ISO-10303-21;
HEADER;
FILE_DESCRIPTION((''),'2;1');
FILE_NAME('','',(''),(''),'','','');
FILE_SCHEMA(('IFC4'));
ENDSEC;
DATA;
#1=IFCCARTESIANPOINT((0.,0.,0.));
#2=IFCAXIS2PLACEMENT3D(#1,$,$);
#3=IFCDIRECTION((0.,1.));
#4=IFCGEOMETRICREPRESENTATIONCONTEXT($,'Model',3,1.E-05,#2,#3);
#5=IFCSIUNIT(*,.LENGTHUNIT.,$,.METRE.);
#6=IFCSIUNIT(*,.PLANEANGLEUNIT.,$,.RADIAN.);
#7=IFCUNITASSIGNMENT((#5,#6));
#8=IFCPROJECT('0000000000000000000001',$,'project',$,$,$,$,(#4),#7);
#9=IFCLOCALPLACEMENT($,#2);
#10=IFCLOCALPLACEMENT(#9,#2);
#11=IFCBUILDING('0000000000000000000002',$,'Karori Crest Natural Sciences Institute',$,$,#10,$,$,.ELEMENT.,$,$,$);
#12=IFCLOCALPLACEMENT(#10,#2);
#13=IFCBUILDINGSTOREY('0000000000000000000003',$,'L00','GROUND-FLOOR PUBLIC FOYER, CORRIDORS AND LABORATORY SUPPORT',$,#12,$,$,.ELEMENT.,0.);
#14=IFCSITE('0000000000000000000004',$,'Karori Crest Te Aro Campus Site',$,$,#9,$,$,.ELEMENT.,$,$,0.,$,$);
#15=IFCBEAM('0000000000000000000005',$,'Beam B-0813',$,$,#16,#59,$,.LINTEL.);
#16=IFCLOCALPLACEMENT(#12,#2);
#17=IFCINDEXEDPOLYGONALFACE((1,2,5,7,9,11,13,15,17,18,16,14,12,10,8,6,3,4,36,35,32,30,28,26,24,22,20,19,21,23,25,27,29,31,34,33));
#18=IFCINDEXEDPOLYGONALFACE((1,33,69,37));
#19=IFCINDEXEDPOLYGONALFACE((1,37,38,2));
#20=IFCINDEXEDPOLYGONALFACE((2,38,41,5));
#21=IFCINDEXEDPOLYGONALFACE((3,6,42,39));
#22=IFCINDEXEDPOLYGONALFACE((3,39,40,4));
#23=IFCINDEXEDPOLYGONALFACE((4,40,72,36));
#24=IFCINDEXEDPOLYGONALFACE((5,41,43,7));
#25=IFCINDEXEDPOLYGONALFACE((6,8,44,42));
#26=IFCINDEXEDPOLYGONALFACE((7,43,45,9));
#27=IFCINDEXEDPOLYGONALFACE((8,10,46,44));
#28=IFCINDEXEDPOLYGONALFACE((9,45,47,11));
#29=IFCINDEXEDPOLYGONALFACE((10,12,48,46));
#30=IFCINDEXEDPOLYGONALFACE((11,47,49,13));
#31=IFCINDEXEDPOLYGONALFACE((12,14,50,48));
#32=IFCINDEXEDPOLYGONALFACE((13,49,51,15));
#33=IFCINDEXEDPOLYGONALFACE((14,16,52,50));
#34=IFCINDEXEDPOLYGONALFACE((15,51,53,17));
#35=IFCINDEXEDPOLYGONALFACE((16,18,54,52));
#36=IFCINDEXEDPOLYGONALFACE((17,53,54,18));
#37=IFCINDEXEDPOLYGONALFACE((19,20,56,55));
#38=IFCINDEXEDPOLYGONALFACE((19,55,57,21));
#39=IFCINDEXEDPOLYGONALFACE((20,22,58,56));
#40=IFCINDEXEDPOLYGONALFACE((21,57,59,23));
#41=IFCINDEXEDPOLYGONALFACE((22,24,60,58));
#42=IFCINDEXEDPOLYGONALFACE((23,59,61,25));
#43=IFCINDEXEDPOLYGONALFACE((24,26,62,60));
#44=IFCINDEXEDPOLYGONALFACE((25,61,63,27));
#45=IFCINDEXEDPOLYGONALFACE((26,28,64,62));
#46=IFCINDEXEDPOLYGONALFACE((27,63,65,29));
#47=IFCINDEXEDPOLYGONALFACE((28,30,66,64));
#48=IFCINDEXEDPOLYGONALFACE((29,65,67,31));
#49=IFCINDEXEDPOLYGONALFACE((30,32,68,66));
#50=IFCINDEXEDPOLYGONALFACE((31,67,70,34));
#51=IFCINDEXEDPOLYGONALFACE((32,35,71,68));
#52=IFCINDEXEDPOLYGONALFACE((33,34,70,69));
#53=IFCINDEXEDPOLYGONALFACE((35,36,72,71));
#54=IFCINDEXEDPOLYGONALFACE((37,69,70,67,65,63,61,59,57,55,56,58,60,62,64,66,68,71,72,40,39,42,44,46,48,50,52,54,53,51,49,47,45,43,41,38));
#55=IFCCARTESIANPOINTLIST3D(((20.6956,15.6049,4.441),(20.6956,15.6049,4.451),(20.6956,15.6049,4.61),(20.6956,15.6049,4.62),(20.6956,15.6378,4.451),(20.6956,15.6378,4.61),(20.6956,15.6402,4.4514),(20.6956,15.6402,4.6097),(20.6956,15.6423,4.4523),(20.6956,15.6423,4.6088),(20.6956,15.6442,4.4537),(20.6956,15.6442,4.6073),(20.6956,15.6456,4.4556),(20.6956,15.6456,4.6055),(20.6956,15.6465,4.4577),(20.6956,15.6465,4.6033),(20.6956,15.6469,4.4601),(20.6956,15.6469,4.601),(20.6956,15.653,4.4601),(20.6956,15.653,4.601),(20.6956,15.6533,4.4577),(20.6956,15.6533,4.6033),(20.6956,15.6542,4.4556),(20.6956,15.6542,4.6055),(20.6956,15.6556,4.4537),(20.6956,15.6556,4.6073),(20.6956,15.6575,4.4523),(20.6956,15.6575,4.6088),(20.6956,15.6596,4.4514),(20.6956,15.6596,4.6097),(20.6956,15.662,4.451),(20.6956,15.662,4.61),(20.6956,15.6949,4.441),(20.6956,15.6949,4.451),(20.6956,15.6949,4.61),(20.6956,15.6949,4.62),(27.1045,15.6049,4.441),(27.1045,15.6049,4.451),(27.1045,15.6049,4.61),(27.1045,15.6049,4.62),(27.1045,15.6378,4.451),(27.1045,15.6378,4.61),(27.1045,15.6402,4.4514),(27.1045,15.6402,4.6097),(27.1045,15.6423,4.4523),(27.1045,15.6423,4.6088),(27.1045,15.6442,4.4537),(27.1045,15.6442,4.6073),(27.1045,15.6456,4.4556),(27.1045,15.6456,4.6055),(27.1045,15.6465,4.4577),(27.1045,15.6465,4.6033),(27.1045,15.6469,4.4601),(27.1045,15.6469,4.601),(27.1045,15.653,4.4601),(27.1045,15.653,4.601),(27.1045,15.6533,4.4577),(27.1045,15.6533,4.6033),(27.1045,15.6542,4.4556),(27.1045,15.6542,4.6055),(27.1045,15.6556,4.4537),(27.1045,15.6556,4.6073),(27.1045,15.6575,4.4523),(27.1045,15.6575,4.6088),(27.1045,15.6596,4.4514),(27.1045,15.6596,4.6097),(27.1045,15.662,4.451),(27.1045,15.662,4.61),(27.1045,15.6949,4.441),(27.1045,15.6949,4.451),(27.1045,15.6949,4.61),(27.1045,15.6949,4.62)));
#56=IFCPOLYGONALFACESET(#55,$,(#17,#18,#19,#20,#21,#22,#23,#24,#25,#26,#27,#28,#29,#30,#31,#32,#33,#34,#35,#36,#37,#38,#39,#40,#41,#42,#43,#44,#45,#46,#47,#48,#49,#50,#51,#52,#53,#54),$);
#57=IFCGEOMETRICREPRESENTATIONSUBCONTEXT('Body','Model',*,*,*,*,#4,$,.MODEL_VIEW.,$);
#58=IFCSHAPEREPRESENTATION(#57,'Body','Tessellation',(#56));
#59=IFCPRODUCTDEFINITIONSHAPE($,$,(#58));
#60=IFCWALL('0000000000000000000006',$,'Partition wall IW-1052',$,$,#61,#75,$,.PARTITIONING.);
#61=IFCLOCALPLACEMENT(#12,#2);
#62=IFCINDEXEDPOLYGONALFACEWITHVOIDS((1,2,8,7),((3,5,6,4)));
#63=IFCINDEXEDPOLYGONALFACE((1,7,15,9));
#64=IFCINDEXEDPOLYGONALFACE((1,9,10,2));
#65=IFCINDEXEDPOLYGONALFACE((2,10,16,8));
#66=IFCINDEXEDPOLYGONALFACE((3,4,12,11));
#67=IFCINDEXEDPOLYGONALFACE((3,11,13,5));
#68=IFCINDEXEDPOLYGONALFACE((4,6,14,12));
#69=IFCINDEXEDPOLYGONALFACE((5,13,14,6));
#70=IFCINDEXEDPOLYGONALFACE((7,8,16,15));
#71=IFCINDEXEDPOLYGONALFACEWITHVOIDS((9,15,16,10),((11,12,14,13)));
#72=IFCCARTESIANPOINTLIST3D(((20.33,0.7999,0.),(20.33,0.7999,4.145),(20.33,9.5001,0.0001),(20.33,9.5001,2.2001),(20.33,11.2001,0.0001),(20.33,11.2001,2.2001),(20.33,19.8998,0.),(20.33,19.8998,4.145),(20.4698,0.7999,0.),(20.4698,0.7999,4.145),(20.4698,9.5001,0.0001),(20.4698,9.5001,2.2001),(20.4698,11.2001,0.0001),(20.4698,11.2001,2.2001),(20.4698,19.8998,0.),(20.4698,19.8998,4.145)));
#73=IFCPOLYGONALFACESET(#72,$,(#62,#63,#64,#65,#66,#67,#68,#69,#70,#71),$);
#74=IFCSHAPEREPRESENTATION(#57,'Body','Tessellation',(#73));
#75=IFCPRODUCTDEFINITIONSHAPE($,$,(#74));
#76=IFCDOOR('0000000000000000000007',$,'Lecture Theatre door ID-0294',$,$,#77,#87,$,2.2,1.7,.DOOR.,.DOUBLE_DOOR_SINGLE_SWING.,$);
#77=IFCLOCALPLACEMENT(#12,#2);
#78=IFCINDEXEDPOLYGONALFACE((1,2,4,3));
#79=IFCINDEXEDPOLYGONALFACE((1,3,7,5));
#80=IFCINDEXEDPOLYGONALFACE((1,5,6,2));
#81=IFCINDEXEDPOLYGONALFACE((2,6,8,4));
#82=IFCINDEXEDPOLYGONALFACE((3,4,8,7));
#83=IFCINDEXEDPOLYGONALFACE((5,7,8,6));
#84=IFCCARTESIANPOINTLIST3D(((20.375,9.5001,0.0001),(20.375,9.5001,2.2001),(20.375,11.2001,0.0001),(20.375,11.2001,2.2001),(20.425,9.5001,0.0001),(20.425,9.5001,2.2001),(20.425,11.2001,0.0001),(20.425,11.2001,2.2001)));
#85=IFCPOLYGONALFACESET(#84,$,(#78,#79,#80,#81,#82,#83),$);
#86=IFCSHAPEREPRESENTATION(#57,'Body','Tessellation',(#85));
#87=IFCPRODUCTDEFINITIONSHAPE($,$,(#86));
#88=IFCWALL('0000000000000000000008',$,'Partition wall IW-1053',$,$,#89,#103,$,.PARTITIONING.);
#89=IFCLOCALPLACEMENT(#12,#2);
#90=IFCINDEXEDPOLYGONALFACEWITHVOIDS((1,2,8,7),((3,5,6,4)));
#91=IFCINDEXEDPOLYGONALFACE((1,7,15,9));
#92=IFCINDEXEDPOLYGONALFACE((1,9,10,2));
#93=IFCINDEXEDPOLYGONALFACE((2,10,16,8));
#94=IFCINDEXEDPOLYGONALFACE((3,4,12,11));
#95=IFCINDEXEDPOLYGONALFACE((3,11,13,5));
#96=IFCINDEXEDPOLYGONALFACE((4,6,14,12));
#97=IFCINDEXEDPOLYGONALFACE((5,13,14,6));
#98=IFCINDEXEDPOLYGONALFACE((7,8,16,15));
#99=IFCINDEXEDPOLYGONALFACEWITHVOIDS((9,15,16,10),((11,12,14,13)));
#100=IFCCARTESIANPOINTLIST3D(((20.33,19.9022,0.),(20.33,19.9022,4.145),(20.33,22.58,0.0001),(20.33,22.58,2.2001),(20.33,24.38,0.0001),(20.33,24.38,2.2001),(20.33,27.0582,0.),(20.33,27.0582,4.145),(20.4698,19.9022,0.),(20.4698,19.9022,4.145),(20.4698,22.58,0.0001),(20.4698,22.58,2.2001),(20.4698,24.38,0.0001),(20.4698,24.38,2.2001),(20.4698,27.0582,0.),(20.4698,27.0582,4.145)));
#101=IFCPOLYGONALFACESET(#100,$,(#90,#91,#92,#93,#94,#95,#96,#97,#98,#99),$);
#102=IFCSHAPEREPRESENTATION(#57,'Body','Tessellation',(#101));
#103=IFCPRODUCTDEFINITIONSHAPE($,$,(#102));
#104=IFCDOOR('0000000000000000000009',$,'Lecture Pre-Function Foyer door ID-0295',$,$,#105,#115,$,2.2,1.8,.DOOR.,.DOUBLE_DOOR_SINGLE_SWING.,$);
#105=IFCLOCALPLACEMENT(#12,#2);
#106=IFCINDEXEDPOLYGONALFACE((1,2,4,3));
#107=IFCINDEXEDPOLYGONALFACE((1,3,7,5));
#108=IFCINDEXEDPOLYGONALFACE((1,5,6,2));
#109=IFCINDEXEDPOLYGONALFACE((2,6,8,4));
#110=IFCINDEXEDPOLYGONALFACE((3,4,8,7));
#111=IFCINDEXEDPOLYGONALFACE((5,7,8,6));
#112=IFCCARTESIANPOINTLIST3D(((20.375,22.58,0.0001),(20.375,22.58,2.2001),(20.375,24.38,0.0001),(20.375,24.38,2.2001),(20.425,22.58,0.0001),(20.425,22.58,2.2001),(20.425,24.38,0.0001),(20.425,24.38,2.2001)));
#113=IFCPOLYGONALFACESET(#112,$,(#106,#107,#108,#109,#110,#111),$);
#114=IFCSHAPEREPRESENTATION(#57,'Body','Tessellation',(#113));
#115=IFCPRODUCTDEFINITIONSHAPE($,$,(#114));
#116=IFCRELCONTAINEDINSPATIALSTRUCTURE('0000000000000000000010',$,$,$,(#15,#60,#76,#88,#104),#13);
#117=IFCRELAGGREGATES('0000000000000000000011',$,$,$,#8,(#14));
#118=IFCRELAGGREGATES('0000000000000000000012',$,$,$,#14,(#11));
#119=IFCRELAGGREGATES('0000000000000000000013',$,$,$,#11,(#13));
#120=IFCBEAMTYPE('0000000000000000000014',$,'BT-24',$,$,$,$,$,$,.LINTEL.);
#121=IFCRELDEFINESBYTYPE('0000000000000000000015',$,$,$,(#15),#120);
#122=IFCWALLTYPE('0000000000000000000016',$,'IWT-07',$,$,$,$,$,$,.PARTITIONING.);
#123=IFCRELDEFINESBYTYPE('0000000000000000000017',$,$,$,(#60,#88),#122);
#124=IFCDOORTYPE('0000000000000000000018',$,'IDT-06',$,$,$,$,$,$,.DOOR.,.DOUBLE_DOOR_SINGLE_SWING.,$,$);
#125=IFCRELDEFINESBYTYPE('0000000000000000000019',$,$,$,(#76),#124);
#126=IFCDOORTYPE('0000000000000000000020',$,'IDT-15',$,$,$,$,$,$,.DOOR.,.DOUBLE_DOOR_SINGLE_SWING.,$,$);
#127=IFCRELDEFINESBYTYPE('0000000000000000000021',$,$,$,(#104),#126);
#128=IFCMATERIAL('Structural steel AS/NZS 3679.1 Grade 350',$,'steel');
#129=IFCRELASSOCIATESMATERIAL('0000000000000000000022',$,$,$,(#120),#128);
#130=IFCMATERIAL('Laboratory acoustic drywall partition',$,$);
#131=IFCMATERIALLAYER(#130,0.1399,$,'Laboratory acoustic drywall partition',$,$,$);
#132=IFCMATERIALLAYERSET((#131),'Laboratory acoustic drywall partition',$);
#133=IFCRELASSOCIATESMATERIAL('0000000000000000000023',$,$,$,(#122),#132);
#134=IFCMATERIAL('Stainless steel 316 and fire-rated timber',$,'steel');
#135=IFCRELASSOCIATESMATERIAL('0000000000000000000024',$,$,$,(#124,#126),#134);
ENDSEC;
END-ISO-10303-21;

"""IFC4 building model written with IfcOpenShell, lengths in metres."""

from ifc_helpers import new_model, si_unit, direction, frame, frame_2d, origin, origin_2d, place, context, subcontext, project, spatial, rectangle, i_section, extrude, material, layer, layer_set, material_profile, profile_set, type_object, element, fill, save


model = new_model("IFC4")

# Units and contexts
model_context = context("Model", 3, precision=1e-05, world=origin(), true_north=direction((0.0, 1.0)))
body_context = subcontext(model_context, "Body", "Model", "MODEL_VIEW")
ifc_project = project(units=[si_unit("LENGTHUNIT", "METRE"), si_unit("PLANEANGLEUNIT", "RADIAN")], contexts=[model_context])

# Site, building, storey
site_placement = place(None, origin())
site = spatial("IfcSite", under=ifc_project, at=site_placement, Name="Karori Crest Te Aro Campus Site", CompositionType="ELEMENT", RefElevation=0.0)
building_placement = place(site_placement, origin())
building = spatial("IfcBuilding", under=site, at=building_placement, Name="Karori Crest Natural Sciences Institute", CompositionType="ELEMENT")
storey_placement = place(building_placement, origin())
storey = spatial("IfcBuildingStorey", under=building, at=storey_placement, Name="L00", Description="GROUND-FLOOR PUBLIC FOYER, CORRIDORS AND LABORATORY SUPPORT", CompositionType="ELEMENT", Elevation=0.0)

# Shared definitions
ifc_material_1 = material(Name="Structural steel AS/NZS 3679.1 Grade 350", Category="steel")

# Beam
ifc_material_profile_1 = material_profile(ifc_material_1, i_section(OverallWidth=0.0901, OverallDepth=0.179, WebThickness=0.0061, FlangeThickness=0.01, FilletRadius=0.009, at=origin_2d()), Name="180UB22.2")
ifc_profile_set_1 = profile_set([ifc_material_profile_1], Name="Structural steel AS/NZS 3679.1 Grade 350")
beam_type_1 = type_object("IfcBeamType", Name="BT-24", PredefinedType="LINTEL", material=ifc_profile_set_1)
beam_1_placement = place(storey_placement, frame((20.6956, 15.6499, 4.5305), z_axis=(1.0, 0.0, 0.0), x_axis=(0.0, 1.0, 0.0)))
element("IfcBeam", 1, at=beam_1_placement, inside=storey, type_object=beam_type_1, Name="Beam B-0813", PredefinedType="LINTEL", context=body_context, shape_type="SweptSolid", body=[
    extrude(i_section(OverallWidth=0.0901, OverallDepth=0.179, WebThickness=0.0061, FlangeThickness=0.01, FilletRadius=0.009, at=origin_2d()), origin(), (0.0, 0.0, 1.0), 6.4089),
])

# Walls, openings, doors
ifc_material_2 = material(Name="Laboratory acoustic drywall partition")
ifc_layer = layer(ifc_material_2, 0.1399, Name="Laboratory acoustic drywall partition")
ifc_layer_set = layer_set([ifc_layer], Name="Laboratory acoustic drywall partition")
wall_type = type_object("IfcWallType", Name="IWT-07", PredefinedType="PARTITIONING", material=ifc_layer_set)
wall_1_placement = place(storey_placement, frame((20.3999, 0.8, 0.0), z_axis=(0.0, 0.0, 1.0), x_axis=(0.0, 1.0, 0.0)))
wall_1 = element("IfcWall", 2, at=wall_1_placement, inside=storey, type_object=wall_type, Name="Partition wall IW-1052", PredefinedType="PARTITIONING", context=body_context, shape_type="SweptSolid", body=[
    extrude(rectangle(XDim=19.0999, YDim=0.1399, at=frame_2d((9.5498, 0.0))), origin(), (0.0, 0.0, 1.0), 4.145),
])
opening_1_placement = place(wall_1_placement, frame((8.7, 0.0, 0.0)))
opening_1 = element("IfcOpeningElement", 3, at=opening_1_placement, cuts=wall_1, PredefinedType="OPENING", context=body_context, shape_type="SweptSolid", body=[
    extrude(rectangle(XDim=1.7, YDim=2.2, at=frame_2d((0.8501, 1.1001))), frame((0.0, 0.0801, 0.0), z_axis=(0.0, -1.0, 0.0), x_axis=(1.0, 0.0, 0.0)), (0.0, 0.0, 1.0), 0.1599),
])
ifc_material_3 = material(Name="Stainless steel 316 and fire-rated timber", Category="steel")
door_type_1 = type_object("IfcDoorType", Name="IDT-06", OperationType="DOUBLE_DOOR_SINGLE_SWING", PredefinedType="DOOR", material=ifc_material_3)
door_1_placement = place(opening_1_placement, origin())
door_1 = element("IfcDoor", 4, at=door_1_placement, inside=storey, type_object=door_type_1, Name="Lecture Theatre door ID-0294", OperationType="DOUBLE_DOOR_SINGLE_SWING", OverallHeight=2.2, OverallWidth=1.7, PredefinedType="DOOR", context=body_context, shape_type="SweptSolid", body=[
    extrude(rectangle(XDim=1.7, YDim=2.2, at=frame_2d((0.8501, 1.1001))), frame((0.0, 0.0249, 0.0), z_axis=(0.0, -1.0, 0.0), x_axis=(1.0, 0.0, 0.0)), (0.0, 0.0, 1.0), 0.05),
])
fill(opening_1, door_1)
wall_2_placement = place(storey_placement, frame((20.3999, 19.9021, 0.0), z_axis=(0.0, 0.0, 1.0), x_axis=(0.0, 1.0, 0.0)))
wall_2 = element("IfcWall", 5, at=wall_2_placement, inside=storey, type_object=wall_type, Name="Partition wall IW-1053", PredefinedType="PARTITIONING", context=body_context, shape_type="SweptSolid", body=[
    extrude(rectangle(XDim=7.156, YDim=0.1399, at=frame_2d((3.5781, 0.0))), origin(), (0.0, 0.0, 1.0), 4.145),
])
opening_2_placement = place(wall_2_placement, frame((2.678, 0.0, 0.0)))
opening_2 = element("IfcOpeningElement", 6, at=opening_2_placement, cuts=wall_2, PredefinedType="OPENING", context=body_context, shape_type="SweptSolid", body=[
    extrude(rectangle(XDim=1.8, YDim=2.2, at=frame_2d((0.8999, 1.1001))), frame((0.0, 0.0801, 0.0), z_axis=(0.0, -1.0, 0.0), x_axis=(1.0, 0.0, 0.0)), (0.0, 0.0, 1.0), 0.1599),
])
door_type_2 = type_object("IfcDoorType", Name="IDT-15", OperationType="DOUBLE_DOOR_SINGLE_SWING", PredefinedType="DOOR", material=ifc_material_3)
door_2_placement = place(opening_2_placement, origin())
door_2 = element("IfcDoor", 7, at=door_2_placement, inside=storey, type_object=door_type_2, Name="Lecture Pre-Function Foyer door ID-0295", OperationType="DOUBLE_DOOR_SINGLE_SWING", OverallHeight=2.2, OverallWidth=1.8, PredefinedType="DOOR", context=body_context, shape_type="SweptSolid", body=[
    extrude(rectangle(XDim=1.8, YDim=2.2, at=frame_2d((0.8999, 1.1001))), frame((0.0, 0.0249, 0.0), z_axis=(0.0, -1.0, 0.0), x_axis=(1.0, 0.0, 0.0)), (0.0, 0.0, 1.0), 0.05),
])
fill(opening_2, door_2)

save(model, "model.ifc")
